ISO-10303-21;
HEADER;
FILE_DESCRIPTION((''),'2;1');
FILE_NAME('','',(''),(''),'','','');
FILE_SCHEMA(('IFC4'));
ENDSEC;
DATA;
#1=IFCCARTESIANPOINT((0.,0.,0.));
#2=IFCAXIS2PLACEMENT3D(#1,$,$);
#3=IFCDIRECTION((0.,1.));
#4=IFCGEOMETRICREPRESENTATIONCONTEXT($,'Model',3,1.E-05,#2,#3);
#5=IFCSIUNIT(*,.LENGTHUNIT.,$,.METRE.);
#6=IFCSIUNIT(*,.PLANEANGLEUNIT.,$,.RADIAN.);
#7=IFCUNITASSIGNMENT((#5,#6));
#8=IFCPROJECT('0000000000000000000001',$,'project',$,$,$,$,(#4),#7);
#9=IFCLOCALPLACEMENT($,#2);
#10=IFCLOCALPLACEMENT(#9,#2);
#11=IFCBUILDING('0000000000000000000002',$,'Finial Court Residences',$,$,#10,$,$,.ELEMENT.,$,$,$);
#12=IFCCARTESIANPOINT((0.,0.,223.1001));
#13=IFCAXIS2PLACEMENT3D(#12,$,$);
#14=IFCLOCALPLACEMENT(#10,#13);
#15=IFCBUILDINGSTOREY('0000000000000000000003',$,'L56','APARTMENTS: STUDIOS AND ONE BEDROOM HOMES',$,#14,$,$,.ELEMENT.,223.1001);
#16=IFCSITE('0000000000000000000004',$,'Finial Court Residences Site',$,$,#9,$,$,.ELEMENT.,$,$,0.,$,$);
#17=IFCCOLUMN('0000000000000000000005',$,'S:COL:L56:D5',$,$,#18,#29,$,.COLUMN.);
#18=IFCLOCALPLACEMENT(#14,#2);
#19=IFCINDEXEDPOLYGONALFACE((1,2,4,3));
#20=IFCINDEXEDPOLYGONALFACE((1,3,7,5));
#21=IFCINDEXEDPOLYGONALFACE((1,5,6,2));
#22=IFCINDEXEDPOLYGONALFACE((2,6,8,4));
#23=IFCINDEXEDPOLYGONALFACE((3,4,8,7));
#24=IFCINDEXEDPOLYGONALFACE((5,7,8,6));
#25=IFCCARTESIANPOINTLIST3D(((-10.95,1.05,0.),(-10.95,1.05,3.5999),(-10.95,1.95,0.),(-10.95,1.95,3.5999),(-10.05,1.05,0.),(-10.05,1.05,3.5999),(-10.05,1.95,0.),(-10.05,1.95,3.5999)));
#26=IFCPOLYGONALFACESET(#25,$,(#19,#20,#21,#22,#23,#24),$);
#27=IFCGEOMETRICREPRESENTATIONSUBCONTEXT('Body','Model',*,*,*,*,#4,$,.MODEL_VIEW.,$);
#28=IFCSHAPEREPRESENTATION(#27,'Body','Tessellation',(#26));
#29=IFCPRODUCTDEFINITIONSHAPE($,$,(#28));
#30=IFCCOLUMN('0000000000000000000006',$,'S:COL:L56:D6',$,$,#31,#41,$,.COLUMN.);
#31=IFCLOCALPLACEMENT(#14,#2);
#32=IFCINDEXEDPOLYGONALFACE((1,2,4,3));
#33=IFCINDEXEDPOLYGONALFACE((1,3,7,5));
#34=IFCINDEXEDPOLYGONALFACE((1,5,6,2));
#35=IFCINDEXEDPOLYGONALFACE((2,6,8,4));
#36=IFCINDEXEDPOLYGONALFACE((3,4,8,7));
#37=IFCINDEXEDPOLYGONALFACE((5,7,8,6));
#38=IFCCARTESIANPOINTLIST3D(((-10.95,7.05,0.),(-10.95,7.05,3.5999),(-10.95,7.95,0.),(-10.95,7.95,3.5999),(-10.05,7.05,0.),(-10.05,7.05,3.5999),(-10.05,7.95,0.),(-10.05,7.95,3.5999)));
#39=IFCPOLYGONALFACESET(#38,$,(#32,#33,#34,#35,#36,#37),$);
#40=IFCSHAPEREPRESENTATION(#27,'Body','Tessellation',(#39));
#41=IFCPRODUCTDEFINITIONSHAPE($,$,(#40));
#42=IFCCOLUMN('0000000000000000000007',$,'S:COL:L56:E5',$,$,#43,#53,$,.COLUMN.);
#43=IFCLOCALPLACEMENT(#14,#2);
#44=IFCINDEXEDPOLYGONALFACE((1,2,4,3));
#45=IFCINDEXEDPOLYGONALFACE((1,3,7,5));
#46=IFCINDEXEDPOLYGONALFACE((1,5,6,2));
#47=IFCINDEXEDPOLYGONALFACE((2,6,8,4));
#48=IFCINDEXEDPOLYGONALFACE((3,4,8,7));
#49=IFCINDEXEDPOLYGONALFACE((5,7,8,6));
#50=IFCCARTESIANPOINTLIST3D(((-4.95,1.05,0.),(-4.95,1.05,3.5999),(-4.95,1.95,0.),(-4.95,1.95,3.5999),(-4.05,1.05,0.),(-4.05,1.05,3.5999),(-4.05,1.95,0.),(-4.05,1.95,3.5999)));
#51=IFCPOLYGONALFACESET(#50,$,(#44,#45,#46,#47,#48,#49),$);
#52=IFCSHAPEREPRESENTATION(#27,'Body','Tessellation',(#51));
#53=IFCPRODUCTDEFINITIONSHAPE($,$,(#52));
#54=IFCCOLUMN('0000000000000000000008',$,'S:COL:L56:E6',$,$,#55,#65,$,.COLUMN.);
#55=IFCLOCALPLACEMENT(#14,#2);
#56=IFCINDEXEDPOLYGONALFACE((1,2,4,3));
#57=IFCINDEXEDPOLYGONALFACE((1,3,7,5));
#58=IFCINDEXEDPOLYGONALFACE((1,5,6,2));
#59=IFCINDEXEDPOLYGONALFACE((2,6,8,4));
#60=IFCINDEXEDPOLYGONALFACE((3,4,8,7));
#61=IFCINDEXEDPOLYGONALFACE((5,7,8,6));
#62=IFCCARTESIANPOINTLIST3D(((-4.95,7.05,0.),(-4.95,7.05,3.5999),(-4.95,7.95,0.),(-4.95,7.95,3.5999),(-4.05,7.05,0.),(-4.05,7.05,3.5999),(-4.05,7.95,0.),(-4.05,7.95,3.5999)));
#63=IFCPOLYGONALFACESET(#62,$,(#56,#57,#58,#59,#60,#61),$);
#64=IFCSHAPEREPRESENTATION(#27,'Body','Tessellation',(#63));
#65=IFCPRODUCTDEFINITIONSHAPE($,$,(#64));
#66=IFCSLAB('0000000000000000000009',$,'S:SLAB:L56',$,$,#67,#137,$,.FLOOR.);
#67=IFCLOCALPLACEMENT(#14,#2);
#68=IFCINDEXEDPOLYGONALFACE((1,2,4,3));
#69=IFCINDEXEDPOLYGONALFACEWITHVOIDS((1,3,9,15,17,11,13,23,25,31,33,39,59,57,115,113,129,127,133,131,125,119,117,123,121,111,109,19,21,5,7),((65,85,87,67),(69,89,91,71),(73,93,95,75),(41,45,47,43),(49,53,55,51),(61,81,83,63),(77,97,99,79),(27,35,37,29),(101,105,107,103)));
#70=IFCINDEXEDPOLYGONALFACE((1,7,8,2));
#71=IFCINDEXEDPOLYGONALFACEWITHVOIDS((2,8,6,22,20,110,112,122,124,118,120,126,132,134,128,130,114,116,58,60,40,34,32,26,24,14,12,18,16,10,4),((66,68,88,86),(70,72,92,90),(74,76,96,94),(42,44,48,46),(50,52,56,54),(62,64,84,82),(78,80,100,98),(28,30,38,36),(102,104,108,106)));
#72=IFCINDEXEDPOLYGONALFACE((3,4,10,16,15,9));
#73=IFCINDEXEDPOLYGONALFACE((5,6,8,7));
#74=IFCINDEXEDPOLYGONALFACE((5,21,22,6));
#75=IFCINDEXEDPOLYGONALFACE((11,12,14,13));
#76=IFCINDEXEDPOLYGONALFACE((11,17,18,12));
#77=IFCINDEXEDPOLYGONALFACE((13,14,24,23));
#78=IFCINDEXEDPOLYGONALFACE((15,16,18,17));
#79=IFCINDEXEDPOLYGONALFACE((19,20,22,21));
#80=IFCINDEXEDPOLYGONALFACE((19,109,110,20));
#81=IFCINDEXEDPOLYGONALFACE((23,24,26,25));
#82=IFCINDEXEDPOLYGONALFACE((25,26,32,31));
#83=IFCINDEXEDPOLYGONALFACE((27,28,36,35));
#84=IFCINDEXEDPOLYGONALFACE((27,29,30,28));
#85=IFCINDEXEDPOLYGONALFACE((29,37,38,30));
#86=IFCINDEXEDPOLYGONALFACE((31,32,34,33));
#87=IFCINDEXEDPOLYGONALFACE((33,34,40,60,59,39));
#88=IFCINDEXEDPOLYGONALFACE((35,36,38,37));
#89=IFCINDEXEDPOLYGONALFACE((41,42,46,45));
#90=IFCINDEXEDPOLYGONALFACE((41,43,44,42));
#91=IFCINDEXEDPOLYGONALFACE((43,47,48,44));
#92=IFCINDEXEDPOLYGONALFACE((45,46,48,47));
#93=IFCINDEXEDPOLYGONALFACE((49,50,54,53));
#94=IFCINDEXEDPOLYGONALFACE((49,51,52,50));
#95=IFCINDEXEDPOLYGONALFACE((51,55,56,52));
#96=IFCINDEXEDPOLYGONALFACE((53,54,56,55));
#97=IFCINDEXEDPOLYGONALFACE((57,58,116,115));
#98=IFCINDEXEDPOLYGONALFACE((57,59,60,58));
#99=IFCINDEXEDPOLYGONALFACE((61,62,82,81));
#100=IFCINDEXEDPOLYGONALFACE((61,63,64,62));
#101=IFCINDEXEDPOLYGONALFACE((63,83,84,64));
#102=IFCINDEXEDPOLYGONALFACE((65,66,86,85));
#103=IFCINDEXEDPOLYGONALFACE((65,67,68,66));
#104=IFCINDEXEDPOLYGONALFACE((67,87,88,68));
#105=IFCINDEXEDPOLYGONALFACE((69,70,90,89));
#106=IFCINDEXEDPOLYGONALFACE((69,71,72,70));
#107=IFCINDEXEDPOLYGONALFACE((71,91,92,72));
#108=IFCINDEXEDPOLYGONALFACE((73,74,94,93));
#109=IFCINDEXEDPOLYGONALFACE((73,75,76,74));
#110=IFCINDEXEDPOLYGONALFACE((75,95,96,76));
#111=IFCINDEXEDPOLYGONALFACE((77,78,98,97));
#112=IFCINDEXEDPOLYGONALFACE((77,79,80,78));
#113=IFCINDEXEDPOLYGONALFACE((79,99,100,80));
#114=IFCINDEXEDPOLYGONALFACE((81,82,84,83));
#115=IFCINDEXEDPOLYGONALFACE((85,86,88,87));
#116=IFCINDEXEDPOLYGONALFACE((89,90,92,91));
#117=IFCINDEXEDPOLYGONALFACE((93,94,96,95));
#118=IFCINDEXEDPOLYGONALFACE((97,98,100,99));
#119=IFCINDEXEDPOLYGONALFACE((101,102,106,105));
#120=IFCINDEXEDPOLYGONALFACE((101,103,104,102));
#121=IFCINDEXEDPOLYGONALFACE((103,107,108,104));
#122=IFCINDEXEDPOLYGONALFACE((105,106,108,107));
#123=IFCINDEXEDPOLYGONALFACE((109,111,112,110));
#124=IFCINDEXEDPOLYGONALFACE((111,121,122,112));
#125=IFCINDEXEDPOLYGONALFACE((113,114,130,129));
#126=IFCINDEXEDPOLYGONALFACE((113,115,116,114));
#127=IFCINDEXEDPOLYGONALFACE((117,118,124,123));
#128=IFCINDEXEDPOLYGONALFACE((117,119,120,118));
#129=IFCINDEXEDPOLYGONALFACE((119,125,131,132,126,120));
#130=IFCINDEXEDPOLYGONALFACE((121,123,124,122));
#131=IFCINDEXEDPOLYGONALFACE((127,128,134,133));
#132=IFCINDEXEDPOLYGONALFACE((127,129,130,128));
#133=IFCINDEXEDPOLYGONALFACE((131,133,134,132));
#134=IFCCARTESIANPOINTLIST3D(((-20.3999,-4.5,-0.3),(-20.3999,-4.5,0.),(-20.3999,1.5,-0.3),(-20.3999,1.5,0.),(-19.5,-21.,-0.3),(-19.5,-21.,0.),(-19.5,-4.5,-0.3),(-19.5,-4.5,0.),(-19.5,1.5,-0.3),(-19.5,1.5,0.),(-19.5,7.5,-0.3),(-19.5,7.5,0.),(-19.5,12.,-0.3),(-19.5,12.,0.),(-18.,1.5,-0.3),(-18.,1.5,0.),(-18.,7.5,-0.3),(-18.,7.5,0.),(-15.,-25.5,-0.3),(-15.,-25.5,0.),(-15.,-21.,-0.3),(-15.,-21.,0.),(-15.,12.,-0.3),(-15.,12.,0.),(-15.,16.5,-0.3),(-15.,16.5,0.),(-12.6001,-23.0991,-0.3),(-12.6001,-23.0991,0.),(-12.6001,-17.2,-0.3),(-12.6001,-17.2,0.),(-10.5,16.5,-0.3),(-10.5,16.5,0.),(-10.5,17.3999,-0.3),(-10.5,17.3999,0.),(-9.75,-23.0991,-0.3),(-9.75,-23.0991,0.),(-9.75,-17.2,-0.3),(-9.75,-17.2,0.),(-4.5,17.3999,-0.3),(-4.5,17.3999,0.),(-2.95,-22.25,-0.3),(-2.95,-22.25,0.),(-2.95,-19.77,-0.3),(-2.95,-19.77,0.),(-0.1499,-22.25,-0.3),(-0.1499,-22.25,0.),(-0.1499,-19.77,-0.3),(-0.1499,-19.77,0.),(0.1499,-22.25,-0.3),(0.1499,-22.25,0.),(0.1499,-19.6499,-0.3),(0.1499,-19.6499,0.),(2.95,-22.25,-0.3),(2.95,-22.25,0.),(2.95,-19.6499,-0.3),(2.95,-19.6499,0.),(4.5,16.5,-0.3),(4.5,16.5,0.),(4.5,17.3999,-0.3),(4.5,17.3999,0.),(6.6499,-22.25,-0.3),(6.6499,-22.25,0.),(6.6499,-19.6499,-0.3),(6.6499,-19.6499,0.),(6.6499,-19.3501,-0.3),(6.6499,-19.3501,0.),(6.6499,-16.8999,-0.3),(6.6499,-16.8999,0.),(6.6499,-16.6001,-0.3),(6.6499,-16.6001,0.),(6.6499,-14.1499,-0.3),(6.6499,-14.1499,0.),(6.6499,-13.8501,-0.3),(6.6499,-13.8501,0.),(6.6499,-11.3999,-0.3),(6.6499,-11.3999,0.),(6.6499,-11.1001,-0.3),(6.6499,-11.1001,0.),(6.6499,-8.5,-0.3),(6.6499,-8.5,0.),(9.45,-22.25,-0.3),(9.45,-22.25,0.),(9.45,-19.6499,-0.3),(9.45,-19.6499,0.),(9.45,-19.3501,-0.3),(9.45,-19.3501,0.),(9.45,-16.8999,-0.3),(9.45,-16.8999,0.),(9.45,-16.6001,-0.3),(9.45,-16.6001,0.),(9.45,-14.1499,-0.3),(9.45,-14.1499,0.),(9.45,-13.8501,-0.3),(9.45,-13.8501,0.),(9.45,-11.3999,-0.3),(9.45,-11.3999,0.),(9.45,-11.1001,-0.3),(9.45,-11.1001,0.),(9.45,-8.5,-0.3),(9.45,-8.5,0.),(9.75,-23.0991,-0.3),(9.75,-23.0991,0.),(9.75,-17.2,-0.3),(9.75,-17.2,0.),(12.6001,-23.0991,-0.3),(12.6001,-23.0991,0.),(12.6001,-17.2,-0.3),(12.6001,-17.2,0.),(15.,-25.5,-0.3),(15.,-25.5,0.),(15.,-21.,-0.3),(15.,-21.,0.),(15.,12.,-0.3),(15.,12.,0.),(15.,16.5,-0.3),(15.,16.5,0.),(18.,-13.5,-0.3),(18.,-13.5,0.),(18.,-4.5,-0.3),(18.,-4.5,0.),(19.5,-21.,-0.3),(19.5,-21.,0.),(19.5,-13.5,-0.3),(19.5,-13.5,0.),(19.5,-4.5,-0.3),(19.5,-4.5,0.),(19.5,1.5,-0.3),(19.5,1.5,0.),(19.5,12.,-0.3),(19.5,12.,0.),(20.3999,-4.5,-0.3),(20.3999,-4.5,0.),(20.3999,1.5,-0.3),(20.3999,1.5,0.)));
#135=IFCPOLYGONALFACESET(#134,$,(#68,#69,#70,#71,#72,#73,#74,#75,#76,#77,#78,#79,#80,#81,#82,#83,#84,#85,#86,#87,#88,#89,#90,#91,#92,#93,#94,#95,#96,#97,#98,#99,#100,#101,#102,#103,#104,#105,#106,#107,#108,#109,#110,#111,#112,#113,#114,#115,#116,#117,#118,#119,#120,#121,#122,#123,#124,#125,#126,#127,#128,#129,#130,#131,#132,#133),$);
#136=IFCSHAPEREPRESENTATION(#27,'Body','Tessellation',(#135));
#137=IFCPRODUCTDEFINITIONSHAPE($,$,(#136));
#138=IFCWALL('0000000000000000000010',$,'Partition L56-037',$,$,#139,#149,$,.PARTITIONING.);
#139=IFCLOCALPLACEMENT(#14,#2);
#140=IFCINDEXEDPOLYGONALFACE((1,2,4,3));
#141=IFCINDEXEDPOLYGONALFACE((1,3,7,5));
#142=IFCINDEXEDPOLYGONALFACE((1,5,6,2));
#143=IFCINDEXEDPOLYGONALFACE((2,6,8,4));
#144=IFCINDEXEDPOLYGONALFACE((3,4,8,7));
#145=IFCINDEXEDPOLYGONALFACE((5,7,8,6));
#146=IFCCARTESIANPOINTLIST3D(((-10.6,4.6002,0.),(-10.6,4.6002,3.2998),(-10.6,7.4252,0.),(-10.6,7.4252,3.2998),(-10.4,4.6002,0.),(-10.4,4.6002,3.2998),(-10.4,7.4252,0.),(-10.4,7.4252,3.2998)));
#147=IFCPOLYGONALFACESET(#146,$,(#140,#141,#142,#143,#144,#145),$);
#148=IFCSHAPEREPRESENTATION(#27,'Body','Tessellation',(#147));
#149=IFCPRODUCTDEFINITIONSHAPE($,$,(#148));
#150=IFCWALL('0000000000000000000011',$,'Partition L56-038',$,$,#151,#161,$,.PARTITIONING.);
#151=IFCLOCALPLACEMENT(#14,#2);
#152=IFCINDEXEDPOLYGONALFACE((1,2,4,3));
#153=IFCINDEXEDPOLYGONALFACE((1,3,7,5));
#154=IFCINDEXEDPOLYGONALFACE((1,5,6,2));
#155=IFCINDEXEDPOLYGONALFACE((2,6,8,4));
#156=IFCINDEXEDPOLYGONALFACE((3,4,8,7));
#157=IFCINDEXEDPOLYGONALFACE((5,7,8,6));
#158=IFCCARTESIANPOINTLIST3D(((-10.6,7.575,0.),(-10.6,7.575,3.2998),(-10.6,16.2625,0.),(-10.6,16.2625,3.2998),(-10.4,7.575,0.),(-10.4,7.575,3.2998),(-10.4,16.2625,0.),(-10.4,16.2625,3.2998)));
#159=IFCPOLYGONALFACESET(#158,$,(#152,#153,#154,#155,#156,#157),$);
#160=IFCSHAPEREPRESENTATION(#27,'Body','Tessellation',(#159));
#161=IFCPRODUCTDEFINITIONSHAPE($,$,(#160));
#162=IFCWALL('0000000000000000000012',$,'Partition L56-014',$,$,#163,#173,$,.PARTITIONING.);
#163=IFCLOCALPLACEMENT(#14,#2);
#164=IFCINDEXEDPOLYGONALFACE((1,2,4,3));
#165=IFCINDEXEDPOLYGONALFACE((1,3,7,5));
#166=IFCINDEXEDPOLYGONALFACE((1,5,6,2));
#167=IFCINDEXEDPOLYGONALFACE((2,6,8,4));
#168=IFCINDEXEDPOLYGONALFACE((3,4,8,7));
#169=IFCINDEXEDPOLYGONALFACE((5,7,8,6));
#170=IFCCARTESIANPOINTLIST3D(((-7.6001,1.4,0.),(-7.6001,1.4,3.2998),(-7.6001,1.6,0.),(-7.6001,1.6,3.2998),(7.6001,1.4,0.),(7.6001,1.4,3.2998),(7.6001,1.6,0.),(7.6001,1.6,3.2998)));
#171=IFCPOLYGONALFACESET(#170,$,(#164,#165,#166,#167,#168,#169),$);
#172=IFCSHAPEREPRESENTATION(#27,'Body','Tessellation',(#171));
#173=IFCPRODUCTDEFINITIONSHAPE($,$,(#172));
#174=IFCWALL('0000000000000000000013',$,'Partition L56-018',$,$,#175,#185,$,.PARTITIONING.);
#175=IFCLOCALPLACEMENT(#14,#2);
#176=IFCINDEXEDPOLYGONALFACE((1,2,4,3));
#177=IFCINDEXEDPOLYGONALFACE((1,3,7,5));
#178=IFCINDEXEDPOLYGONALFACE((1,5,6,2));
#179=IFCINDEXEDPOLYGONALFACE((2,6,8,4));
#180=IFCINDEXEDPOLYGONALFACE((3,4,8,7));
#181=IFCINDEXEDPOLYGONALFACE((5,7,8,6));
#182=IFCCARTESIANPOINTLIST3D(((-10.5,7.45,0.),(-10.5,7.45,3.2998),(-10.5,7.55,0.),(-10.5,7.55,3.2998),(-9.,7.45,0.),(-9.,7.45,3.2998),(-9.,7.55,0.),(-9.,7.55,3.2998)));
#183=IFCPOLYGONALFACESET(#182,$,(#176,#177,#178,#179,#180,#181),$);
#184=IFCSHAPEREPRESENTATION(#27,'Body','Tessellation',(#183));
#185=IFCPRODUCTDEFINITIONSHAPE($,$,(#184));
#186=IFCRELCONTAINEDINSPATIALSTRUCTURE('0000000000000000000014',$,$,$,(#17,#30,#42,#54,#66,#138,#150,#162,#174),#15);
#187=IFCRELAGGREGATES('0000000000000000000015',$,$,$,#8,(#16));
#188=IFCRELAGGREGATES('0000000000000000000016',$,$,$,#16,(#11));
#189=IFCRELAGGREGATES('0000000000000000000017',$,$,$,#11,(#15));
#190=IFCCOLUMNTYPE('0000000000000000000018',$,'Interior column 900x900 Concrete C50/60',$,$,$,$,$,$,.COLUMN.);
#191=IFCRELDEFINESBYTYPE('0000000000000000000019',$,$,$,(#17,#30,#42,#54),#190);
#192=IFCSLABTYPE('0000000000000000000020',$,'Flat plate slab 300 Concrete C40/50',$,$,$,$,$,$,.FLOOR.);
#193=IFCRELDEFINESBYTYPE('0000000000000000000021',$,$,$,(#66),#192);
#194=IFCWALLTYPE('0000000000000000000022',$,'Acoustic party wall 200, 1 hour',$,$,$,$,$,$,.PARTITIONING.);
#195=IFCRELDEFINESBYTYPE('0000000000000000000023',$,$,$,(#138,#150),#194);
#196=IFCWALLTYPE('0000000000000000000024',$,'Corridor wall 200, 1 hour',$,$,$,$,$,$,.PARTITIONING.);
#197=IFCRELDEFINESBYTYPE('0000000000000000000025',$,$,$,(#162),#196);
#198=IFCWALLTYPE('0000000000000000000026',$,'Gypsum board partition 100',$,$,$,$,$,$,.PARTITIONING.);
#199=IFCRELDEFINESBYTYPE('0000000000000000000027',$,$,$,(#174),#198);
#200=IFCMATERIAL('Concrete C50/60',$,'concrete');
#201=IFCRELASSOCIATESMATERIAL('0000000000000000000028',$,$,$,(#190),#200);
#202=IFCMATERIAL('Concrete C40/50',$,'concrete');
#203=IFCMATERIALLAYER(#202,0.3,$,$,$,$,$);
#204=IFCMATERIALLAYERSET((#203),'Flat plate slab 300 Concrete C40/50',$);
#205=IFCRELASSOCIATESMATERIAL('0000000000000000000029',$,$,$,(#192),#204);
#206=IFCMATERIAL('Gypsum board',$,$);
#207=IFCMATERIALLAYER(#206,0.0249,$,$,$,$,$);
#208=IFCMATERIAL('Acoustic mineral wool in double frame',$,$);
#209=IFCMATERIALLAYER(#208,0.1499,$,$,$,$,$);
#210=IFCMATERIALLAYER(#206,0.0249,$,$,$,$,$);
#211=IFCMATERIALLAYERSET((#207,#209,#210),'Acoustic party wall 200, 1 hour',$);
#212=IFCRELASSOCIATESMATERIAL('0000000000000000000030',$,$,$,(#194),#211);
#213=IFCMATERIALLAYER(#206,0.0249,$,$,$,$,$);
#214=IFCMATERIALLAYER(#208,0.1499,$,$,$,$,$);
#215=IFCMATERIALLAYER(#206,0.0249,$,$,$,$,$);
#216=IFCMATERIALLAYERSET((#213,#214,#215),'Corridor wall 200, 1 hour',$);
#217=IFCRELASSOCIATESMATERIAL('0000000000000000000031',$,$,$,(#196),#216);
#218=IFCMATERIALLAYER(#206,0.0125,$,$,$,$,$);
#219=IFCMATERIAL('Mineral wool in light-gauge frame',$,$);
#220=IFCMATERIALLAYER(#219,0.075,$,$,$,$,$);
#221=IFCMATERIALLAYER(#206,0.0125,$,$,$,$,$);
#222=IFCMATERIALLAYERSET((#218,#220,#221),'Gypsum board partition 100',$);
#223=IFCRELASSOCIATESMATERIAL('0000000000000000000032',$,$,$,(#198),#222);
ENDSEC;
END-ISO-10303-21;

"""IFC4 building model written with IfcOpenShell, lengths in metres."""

from ifc_helpers import new_model, si_unit, direction, frame, frame_2d, origin, origin_2d, place, context, subcontext, project, spatial, polyline, rectangle, outline, extrude, material, layer, layer_set, material_profile, profile_set, type_object, element, save


model = new_model("IFC4")

# Units and contexts
model_context = context("Model", 3, precision=1e-05, world=origin(), true_north=direction((0.0, 1.0)))
body_context = subcontext(model_context, "Body", "Model", "MODEL_VIEW")
ifc_project = project(units=[si_unit("LENGTHUNIT", "METRE"), si_unit("PLANEANGLEUNIT", "RADIAN")], contexts=[model_context])

# Site, building, storey
site_placement = place(None, origin())
site = spatial("IfcSite", under=ifc_project, at=site_placement, Name="Finial Court Residences Site", CompositionType="ELEMENT", RefElevation=0.0)
building_placement = place(site_placement, origin())
building = spatial("IfcBuilding", under=site, at=building_placement, Name="Finial Court Residences", CompositionType="ELEMENT")
storey_placement = place(building_placement, frame((0.0, 0.0, 223.1001)))
storey = spatial("IfcBuildingStorey", under=building, at=storey_placement, Name="L56", Description="APARTMENTS: STUDIOS AND ONE BEDROOM HOMES", CompositionType="ELEMENT", Elevation=223.1001)

# Columns
ifc_material_1 = material(Name="Concrete C50/60", Category="concrete")
ifc_material_profile = material_profile(ifc_material_1, rectangle(XDim=0.8999, YDim=0.8999, at=origin_2d()), Name="900x900")
ifc_profile_set = profile_set([ifc_material_profile], Name="Concrete C50/60")
column_type = type_object("IfcColumnType", Name="Interior column 900x900 Concrete C50/60", PredefinedType="COLUMN", material=ifc_profile_set)
for number, where, z_axis, x_axis, name in (
    (1, (-10.5, 1.5, 0.0), (0.0, 0.0, 1.0), (1.0, 0.0, 0.0), "S:COL:L56:D5"),
    (2, (-10.5, 7.5, 0.0), (0.0, 0.0, 1.0), (1.0, 0.0, 0.0), "S:COL:L56:D6"),
    (3, (-4.5, 1.5, 0.0), (0.0, 0.0, 1.0), (1.0, 0.0, 0.0), "S:COL:L56:E5"),
    (4, (-4.5, 7.5, 0.0), (0.0, 0.0, 1.0), (1.0, 0.0, 0.0), "S:COL:L56:E6"),
):
    element("IfcColumn", number, at=place(storey_placement, frame(where, z_axis=z_axis, x_axis=x_axis)), inside=storey, type_object=column_type, Name=name, PredefinedType="COLUMN", context=body_context, shape_type="SweptSolid", body=[
        extrude(rectangle(XDim=0.8999, YDim=0.8999, at=origin_2d()), origin(), (0.0, 0.0, 1.0), 3.5999),
    ])

# Slab
ifc_material_2 = material(Name="Concrete C40/50", Category="concrete")
ifc_layer_1 = layer(ifc_material_2, 0.3)
ifc_layer_set_1 = layer_set([ifc_layer_1], Name="Flat plate slab 300 Concrete C40/50")
slab_type = type_object("IfcSlabType", Name="Flat plate slab 300 Concrete C40/50", PredefinedType="FLOOR", material=ifc_layer_set_1)
slab_placement = place(storey_placement, frame((0.0, 0.0, -0.3)))
element("IfcSlab", 5, at=slab_placement, inside=storey, type_object=slab_type, Name="S:SLAB:L56", PredefinedType="FLOOR", context=body_context, shape_type="SweptSolid", body=[
    extrude(outline(polyline([(-20.3999, -4.5), (-20.3999, 1.5), (-19.5, 1.5), (-18.0, 1.5), (-18.0, 7.5), (-19.5, 7.5), (-19.5, 12.0), (-15.0, 12.0), (-15.0, 16.5), (-10.5, 16.5), (-10.5, 17.3999), (-4.5, 17.3999), (4.5, 17.3999), (4.5, 16.5), (15.0, 16.5), (15.0, 12.0), (19.5, 12.0), (19.5, 1.5), (20.3999, 1.5), (20.3999, -4.5), (19.5, -4.5), (18.0, -4.5), (18.0, -13.5), (19.5, -13.5), (19.5, -21.0), (15.0, -21.0), (15.0, -25.5), (-15.0, -25.5), (-15.0, -21.0), (-19.5, -21.0), (-19.5, -4.5), (-20.3999, -4.5)]), holes=[polyline([(-0.1499, -19.77), (-2.95, -19.77), (-2.95, -22.25), (-0.1499, -22.25), (-0.1499, -19.77)]), polyline([(2.95, -19.6499), (0.1499, -19.6499), (0.1499, -22.25), (2.95, -22.25), (2.95, -19.6499)]), polyline([(9.45, -19.6499), (6.6499, -19.6499), (6.6499, -22.25), (9.45, -22.25), (9.45, -19.6499)]), polyline([(-12.6001, -17.2), (-12.6001, -23.0991), (-9.75, -23.0991), (-9.75, -17.2), (-12.6001, -17.2)]), polyline([(9.75, -17.2), (9.75, -23.0991), (12.6001, -23.0991), (12.6001, -17.2), (9.75, -17.2)]), polyline([(9.45, -16.8999), (6.6499, -16.8999), (6.6499, -19.3501), (9.45, -19.3501), (9.45, -16.8999)]), polyline([(9.45, -14.1499), (6.6499, -14.1499), (6.6499, -16.6001), (9.45, -16.6001), (9.45, -14.1499)]), polyline([(9.45, -13.8501), (9.45, -11.3999), (6.6499, -11.3999), (6.6499, -13.8501), (9.45, -13.8501)]), polyline([(9.45, -11.1001), (9.45, -8.5), (6.6499, -8.5), (6.6499, -11.1001), (9.45, -11.1001)])]), origin(), (0.0, 0.0, 1.0), 0.3),
])

# Walls
ifc_material_3 = material(Name="Gypsum board")
ifc_layer_2 = layer(ifc_material_3, 0.0249)
ifc_material_4 = material(Name="Acoustic mineral wool in double frame")
ifc_layer_3 = layer(ifc_material_4, 0.1499)
ifc_layer_4 = layer(ifc_material_3, 0.0249)
ifc_layer_set_2 = layer_set([ifc_layer_2, ifc_layer_3, ifc_layer_4], Name="Acoustic party wall 200, 1 hour")
wall_type_1 = type_object("IfcWallType", Name="Acoustic party wall 200, 1 hour", PredefinedType="PARTITIONING", material=ifc_layer_set_2)
wall_1_placement = place(storey_placement, frame((-10.5, 4.6001, 0.0), z_axis=(0.0, 0.0, 1.0), x_axis=(0.0, 1.0, 0.0)))
element("IfcWall", 6, at=wall_1_placement, inside=storey, type_object=wall_type_1, Name="Partition L56-037", PredefinedType="PARTITIONING", context=body_context, shape_type="SweptSolid", body=[
    extrude(rectangle(XDim=2.825, YDim=0.2, at=frame_2d((1.4126, 0.0))), origin(), (0.0, 0.0, 1.0), 3.2998),
])
wall_2_placement = place(storey_placement, frame((-10.5, 7.575, 0.0), z_axis=(0.0, 0.0, 1.0), x_axis=(0.0, 1.0, 0.0)))
element("IfcWall", 7, at=wall_2_placement, inside=storey, type_object=wall_type_1, Name="Partition L56-038", PredefinedType="PARTITIONING", context=body_context, shape_type="SweptSolid", body=[
    extrude(rectangle(XDim=8.6875, YDim=0.2, at=frame_2d((4.3438, 0.0))), origin(), (0.0, 0.0, 1.0), 3.2998),
])
ifc_layer_5 = layer(ifc_material_3, 0.0249)
ifc_layer_6 = layer(ifc_material_4, 0.1499)
ifc_layer_7 = layer(ifc_material_3, 0.0249)
ifc_layer_set_3 = layer_set([ifc_layer_5, ifc_layer_6, ifc_layer_7], Name="Corridor wall 200, 1 hour")
wall_type_2 = type_object("IfcWallType", Name="Corridor wall 200, 1 hour", PredefinedType="PARTITIONING", material=ifc_layer_set_3)
wall_3_placement = place(storey_placement, frame((-7.6001, 1.5, 0.0), z_axis=(0.0, 0.0, 1.0), x_axis=(1.0, 0.0, 0.0)))
element("IfcWall", 8, at=wall_3_placement, inside=storey, type_object=wall_type_2, Name="Partition L56-014", PredefinedType="PARTITIONING", context=body_context, shape_type="SweptSolid", body=[
    extrude(rectangle(XDim=15.2002, YDim=0.2, at=frame_2d((7.6001, 0.0))), origin(), (0.0, 0.0, 1.0), 3.2998),
])
ifc_layer_8 = layer(ifc_material_3, 0.0125)
ifc_material_5 = material(Name="Mineral wool in light-gauge frame")
ifc_layer_9 = layer(ifc_material_5, 0.075)
ifc_layer_10 = layer(ifc_material_3, 0.0125)
ifc_layer_set_4 = layer_set([ifc_layer_8, ifc_layer_9, ifc_layer_10], Name="Gypsum board partition 100")
wall_type_3 = type_object("IfcWallType", Name="Gypsum board partition 100", PredefinedType="PARTITIONING", material=ifc_layer_set_4)
wall_4_placement = place(storey_placement, frame((-10.5, 7.5, 0.0), z_axis=(0.0, 0.0, 1.0), x_axis=(1.0, 0.0, 0.0)))
element("IfcWall", 9, at=wall_4_placement, inside=storey, type_object=wall_type_3, Name="Partition L56-018", PredefinedType="PARTITIONING", context=body_context, shape_type="SweptSolid", body=[
    extrude(rectangle(XDim=1.5, YDim=0.1001, at=frame_2d((0.75, 0.0))), origin(), (0.0, 0.0, 1.0), 3.2998),
])

save(model, "model.ifc")
